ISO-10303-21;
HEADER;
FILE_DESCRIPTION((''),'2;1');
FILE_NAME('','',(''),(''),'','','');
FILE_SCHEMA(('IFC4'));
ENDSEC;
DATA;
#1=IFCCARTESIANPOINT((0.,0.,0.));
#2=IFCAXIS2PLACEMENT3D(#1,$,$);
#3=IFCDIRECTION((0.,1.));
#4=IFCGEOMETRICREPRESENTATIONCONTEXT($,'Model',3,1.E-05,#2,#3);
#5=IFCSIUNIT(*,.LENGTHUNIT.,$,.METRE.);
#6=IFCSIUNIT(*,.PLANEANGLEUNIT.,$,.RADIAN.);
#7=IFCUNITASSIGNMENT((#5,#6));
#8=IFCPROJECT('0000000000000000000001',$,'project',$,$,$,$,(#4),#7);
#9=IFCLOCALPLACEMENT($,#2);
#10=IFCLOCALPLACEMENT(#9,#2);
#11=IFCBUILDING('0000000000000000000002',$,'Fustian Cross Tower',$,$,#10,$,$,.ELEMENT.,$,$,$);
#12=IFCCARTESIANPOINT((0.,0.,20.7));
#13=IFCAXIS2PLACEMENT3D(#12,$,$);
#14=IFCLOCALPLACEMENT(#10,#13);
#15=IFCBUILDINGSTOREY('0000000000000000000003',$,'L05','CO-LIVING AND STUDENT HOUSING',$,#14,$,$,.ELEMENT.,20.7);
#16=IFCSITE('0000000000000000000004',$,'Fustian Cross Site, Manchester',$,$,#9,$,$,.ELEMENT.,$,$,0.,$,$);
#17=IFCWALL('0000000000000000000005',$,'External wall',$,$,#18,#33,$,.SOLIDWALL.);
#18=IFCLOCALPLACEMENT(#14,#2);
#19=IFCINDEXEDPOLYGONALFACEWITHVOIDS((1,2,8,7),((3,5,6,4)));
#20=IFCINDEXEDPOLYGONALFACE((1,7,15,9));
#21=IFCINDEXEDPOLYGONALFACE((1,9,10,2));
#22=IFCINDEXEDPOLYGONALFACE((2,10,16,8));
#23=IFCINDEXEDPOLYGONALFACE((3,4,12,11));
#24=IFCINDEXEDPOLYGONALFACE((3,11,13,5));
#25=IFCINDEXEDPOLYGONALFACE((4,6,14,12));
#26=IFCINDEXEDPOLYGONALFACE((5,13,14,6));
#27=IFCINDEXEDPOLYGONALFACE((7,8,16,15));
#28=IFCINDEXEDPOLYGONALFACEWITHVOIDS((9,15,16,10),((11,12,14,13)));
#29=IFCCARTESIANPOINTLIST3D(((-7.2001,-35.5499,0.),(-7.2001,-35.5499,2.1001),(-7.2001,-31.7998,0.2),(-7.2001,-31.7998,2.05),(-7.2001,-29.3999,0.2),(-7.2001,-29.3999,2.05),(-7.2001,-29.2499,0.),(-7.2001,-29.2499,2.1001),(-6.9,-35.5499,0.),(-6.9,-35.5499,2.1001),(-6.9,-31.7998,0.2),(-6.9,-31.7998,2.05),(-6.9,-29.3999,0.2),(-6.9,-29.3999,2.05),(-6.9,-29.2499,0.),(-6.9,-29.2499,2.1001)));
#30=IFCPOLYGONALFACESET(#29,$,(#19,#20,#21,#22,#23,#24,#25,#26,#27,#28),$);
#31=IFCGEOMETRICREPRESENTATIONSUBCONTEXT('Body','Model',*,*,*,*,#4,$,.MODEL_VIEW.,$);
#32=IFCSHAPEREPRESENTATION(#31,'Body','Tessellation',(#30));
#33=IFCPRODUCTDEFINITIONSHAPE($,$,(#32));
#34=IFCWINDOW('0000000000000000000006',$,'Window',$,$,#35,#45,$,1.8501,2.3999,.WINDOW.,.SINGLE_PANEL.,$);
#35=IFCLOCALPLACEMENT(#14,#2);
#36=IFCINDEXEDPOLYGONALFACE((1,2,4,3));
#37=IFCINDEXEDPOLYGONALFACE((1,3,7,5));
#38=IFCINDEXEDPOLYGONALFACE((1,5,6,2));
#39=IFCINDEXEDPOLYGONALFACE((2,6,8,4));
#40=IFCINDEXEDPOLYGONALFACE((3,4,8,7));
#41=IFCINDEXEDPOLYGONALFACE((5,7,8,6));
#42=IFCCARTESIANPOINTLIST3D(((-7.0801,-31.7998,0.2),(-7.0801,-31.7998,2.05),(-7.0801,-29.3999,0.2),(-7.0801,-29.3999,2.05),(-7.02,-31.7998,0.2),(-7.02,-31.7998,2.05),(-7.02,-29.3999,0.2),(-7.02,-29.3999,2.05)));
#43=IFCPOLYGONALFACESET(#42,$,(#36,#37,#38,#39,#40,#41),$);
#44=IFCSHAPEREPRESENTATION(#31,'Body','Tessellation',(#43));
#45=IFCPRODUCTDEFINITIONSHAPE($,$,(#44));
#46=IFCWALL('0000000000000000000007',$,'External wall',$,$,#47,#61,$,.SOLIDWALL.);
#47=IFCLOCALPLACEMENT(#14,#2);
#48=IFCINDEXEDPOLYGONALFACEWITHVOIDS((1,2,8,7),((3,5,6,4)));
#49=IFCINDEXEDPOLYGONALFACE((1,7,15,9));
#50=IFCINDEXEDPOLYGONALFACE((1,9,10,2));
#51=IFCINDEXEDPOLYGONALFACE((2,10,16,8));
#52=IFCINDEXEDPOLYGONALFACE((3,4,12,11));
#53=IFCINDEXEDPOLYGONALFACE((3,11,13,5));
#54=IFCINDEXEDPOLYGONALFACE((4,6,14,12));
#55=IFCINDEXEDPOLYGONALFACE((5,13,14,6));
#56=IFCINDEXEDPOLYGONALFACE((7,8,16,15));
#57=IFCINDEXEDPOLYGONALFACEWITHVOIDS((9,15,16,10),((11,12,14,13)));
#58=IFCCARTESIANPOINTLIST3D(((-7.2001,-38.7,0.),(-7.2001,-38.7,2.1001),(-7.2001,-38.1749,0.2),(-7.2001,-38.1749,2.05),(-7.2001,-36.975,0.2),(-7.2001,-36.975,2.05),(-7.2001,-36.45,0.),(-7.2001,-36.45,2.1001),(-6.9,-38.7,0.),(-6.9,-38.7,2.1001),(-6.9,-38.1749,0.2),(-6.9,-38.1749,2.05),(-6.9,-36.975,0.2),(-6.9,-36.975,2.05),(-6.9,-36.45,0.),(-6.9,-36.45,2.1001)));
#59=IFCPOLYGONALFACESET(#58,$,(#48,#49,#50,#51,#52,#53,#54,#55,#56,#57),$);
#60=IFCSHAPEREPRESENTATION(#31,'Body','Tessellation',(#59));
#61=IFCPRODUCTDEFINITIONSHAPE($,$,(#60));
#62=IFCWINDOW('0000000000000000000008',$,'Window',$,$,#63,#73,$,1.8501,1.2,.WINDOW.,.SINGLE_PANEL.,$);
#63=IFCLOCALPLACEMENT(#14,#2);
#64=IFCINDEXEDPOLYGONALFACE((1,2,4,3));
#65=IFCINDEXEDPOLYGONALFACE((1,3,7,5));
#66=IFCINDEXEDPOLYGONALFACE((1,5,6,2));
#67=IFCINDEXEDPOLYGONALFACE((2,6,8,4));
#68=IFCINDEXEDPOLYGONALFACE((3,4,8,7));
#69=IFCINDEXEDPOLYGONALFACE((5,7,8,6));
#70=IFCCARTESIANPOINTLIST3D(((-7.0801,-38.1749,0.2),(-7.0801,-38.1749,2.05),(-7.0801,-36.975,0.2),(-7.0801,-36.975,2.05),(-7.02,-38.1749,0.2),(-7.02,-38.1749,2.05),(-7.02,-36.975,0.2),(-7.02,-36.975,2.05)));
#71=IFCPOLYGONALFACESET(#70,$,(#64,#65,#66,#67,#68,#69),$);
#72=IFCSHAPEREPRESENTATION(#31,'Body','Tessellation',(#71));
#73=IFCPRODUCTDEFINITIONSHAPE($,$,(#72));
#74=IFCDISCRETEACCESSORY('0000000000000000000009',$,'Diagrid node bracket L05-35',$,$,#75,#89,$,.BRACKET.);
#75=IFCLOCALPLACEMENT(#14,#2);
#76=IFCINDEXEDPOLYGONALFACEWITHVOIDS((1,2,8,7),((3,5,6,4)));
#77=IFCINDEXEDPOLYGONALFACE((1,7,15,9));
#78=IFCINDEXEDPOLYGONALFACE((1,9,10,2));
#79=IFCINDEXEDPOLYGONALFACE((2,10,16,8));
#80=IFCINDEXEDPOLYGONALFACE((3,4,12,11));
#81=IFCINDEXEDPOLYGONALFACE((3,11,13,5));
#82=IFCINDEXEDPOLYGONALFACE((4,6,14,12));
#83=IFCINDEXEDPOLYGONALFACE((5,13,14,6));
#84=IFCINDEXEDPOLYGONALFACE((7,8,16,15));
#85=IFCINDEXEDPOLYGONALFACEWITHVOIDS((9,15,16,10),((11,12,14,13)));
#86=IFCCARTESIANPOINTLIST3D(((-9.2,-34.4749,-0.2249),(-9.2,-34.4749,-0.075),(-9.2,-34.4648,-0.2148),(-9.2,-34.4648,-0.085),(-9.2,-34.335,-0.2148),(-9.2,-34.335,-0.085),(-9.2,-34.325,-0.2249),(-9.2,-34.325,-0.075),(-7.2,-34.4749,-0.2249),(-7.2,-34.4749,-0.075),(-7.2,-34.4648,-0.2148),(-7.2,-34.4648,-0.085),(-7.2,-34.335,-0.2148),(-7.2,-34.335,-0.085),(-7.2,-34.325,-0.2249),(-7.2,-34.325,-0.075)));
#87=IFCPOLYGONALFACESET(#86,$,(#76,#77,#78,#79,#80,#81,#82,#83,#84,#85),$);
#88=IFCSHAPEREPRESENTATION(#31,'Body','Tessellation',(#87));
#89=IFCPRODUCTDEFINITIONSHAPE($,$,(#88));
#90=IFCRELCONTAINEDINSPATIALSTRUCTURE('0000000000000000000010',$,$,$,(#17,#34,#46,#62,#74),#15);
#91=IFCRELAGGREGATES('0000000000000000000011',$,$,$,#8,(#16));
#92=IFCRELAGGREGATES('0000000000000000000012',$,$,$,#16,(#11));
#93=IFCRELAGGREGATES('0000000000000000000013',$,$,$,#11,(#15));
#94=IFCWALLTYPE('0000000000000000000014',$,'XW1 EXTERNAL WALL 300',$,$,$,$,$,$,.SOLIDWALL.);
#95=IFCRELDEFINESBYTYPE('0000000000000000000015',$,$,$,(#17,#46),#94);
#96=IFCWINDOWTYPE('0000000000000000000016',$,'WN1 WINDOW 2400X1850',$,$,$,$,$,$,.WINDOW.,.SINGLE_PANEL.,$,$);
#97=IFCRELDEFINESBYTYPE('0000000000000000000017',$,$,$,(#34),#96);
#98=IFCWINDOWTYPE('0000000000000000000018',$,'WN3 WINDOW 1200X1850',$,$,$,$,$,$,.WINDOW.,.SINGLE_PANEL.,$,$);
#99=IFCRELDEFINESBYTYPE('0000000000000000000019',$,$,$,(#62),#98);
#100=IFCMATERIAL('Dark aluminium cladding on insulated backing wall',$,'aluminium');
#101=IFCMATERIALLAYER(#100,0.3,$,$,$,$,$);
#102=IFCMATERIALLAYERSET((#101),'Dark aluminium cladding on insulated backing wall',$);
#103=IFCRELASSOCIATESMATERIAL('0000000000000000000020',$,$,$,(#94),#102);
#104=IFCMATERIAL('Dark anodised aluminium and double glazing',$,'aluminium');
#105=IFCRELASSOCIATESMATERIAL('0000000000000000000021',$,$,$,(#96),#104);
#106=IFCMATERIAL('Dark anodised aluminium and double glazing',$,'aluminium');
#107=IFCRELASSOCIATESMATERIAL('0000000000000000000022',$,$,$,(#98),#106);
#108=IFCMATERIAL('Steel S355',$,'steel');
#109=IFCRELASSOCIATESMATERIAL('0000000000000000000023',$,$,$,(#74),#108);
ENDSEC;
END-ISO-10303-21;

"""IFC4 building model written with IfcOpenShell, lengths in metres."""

from ifc_helpers import new_model, si_unit, direction, frame, frame_2d, origin, origin_2d, place, context, subcontext, project, spatial, rectangle, hollow_rectangle, extrude, material, layer, layer_set, type_object, element, fill, save


model = new_model("IFC4")

# Units and contexts
model_context = context("Model", 3, precision=1e-05, world=origin(), true_north=direction((0.0, 1.0)))
body_context = subcontext(model_context, "Body", "Model", "MODEL_VIEW")
ifc_project = project(units=[si_unit("LENGTHUNIT", "METRE"), si_unit("PLANEANGLEUNIT", "RADIAN")], contexts=[model_context])

# Site, building, storey
site_placement = place(None, origin())
site = spatial("IfcSite", under=ifc_project, at=site_placement, Name="Fustian Cross Site, Manchester", CompositionType="ELEMENT", RefElevation=0.0)
building_placement = place(site_placement, origin())
building = spatial("IfcBuilding", under=site, at=building_placement, Name="Fustian Cross Tower", CompositionType="ELEMENT")
storey_placement = place(building_placement, frame((0.0, 0.0, 20.7)))
storey = spatial("IfcBuildingStorey", under=building, at=storey_placement, Name="L05", Description="CO-LIVING AND STUDENT HOUSING", CompositionType="ELEMENT", Elevation=20.7)

# Walls, openings, windows
ifc_material_1 = material(Name="Dark aluminium cladding on insulated backing wall", Category="aluminium")
ifc_layer_1 = layer(ifc_material_1, 0.3)
ifc_layer_set_1 = layer_set([ifc_layer_1], Name="Dark aluminium cladding on insulated backing wall")
wall_type_1 = type_object("IfcWallType", Name="XW1 EXTERNAL WALL 300", PredefinedType="SOLIDWALL", material=ifc_layer_set_1)
wall_1_placement = place(storey_placement, frame((-7.05, -29.25, 0.0), z_axis=(0.0, 0.0, 1.0), x_axis=(0.0, -1.0, 0.0)))
wall_1 = element("IfcWall", 1, at=wall_1_placement, inside=storey, type_object=wall_type_1, Name="External wall", PredefinedType="SOLIDWALL", context=body_context, shape_type="SweptSolid", body=[
    extrude(rectangle(XDim=6.3, YDim=0.3, at=frame_2d((3.1499, 0.0))), origin(), (0.0, 0.0, 1.0), 2.1001),
])
opening_1_placement = place(wall_1_placement, frame((0.1499, 0.0, 0.2)))
opening_1 = element("IfcOpeningElement", 2, at=opening_1_placement, cuts=wall_1, PredefinedType="OPENING", context=body_context, shape_type="SweptSolid", body=[
    extrude(rectangle(XDim=2.3999, YDim=1.8501, at=frame_2d((1.2, 0.925))), frame((0.0, 0.1599, 0.0), z_axis=(0.0, -1.0, 0.0), x_axis=(1.0, 0.0, 0.0)), (0.0, 0.0, 1.0), 0.3201),
])
ifc_material_2 = material(Name="Dark anodised aluminium and double glazing", Category="aluminium")
window_type_1 = type_object("IfcWindowType", Name="WN1 WINDOW 2400X1850", PartitioningType="SINGLE_PANEL", PredefinedType="WINDOW", material=ifc_material_2)
window_1_placement = place(opening_1_placement, origin())
window_1 = element("IfcWindow", 3, at=window_1_placement, inside=storey, type_object=window_type_1, Name="Window", OverallHeight=1.8501, OverallWidth=2.3999, PartitioningType="SINGLE_PANEL", PredefinedType="WINDOW", context=body_context, shape_type="SweptSolid", body=[
    extrude(rectangle(XDim=2.3999, YDim=1.8501, at=frame_2d((1.2, 0.925))), frame((0.0, 0.03, 0.0), z_axis=(0.0, -1.0, 0.0), x_axis=(1.0, 0.0, 0.0)), (0.0, 0.0, 1.0), 0.0601),
])
fill(opening_1, window_1)
wall_2_placement = place(storey_placement, frame((-7.05, -36.45, 0.0), z_axis=(0.0, 0.0, 1.0), x_axis=(0.0, -1.0, 0.0)))
wall_2 = element("IfcWall", 4, at=wall_2_placement, inside=storey, type_object=wall_type_1, Name="External wall", PredefinedType="SOLIDWALL", context=body_context, shape_type="SweptSolid", body=[
    extrude(rectangle(XDim=2.25, YDim=0.3, at=frame_2d((1.125, 0.0))), origin(), (0.0, 0.0, 1.0), 2.1001),
])
opening_2_placement = place(wall_2_placement, frame((0.5249, 0.0, 0.2)))
opening_2 = element("IfcOpeningElement", 5, at=opening_2_placement, cuts=wall_2, PredefinedType="OPENING", context=body_context, shape_type="SweptSolid", body=[
    extrude(rectangle(XDim=1.2, YDim=1.8501, at=frame_2d((0.6001, 0.925))), frame((0.0, 0.1599, 0.0), z_axis=(0.0, -1.0, 0.0), x_axis=(1.0, 0.0, 0.0)), (0.0, 0.0, 1.0), 0.3201),
])
ifc_material_3 = material(Name="Dark anodised aluminium and double glazing", Category="aluminium")
window_type_2 = type_object("IfcWindowType", Name="WN3 WINDOW 1200X1850", PartitioningType="SINGLE_PANEL", PredefinedType="WINDOW", material=ifc_material_3)
window_2_placement = place(opening_2_placement, origin())
window_2 = element("IfcWindow", 6, at=window_2_placement, inside=storey, type_object=window_type_2, Name="Window", OverallHeight=1.8501, OverallWidth=1.2, PartitioningType="SINGLE_PANEL", PredefinedType="WINDOW", context=body_context, shape_type="SweptSolid", body=[
    extrude(rectangle(XDim=1.2, YDim=1.8501, at=frame_2d((0.6001, 0.925))), frame((0.0, 0.03, 0.0), z_axis=(0.0, -1.0, 0.0), x_axis=(1.0, 0.0, 0.0)), (0.0, 0.0, 1.0), 0.0601),
])
fill(opening_2, window_2)

# Discrete accessory
ifc_material_4 = material(Name="Steel S355", Category="steel")
discrete_accessory_placement = place(storey_placement, frame((-9.2, -34.3999, -0.1499), z_axis=(1.0, 0.0, 0.0), x_axis=(0.0, 1.0, 0.0)))
element("IfcDiscreteAccessory", 7, at=discrete_accessory_placement, inside=storey, material=ifc_material_4, Name="Diagrid node bracket L05-35", PredefinedType="BRACKET", context=body_context, shape_type="SweptSolid", body=[
    extrude(hollow_rectangle(XDim=0.1499, YDim=0.1499, WallThickness=0.01, at=origin_2d()), origin(), (0.0, 0.0, 1.0), 2.0),
])

save(model, "model.ifc")
